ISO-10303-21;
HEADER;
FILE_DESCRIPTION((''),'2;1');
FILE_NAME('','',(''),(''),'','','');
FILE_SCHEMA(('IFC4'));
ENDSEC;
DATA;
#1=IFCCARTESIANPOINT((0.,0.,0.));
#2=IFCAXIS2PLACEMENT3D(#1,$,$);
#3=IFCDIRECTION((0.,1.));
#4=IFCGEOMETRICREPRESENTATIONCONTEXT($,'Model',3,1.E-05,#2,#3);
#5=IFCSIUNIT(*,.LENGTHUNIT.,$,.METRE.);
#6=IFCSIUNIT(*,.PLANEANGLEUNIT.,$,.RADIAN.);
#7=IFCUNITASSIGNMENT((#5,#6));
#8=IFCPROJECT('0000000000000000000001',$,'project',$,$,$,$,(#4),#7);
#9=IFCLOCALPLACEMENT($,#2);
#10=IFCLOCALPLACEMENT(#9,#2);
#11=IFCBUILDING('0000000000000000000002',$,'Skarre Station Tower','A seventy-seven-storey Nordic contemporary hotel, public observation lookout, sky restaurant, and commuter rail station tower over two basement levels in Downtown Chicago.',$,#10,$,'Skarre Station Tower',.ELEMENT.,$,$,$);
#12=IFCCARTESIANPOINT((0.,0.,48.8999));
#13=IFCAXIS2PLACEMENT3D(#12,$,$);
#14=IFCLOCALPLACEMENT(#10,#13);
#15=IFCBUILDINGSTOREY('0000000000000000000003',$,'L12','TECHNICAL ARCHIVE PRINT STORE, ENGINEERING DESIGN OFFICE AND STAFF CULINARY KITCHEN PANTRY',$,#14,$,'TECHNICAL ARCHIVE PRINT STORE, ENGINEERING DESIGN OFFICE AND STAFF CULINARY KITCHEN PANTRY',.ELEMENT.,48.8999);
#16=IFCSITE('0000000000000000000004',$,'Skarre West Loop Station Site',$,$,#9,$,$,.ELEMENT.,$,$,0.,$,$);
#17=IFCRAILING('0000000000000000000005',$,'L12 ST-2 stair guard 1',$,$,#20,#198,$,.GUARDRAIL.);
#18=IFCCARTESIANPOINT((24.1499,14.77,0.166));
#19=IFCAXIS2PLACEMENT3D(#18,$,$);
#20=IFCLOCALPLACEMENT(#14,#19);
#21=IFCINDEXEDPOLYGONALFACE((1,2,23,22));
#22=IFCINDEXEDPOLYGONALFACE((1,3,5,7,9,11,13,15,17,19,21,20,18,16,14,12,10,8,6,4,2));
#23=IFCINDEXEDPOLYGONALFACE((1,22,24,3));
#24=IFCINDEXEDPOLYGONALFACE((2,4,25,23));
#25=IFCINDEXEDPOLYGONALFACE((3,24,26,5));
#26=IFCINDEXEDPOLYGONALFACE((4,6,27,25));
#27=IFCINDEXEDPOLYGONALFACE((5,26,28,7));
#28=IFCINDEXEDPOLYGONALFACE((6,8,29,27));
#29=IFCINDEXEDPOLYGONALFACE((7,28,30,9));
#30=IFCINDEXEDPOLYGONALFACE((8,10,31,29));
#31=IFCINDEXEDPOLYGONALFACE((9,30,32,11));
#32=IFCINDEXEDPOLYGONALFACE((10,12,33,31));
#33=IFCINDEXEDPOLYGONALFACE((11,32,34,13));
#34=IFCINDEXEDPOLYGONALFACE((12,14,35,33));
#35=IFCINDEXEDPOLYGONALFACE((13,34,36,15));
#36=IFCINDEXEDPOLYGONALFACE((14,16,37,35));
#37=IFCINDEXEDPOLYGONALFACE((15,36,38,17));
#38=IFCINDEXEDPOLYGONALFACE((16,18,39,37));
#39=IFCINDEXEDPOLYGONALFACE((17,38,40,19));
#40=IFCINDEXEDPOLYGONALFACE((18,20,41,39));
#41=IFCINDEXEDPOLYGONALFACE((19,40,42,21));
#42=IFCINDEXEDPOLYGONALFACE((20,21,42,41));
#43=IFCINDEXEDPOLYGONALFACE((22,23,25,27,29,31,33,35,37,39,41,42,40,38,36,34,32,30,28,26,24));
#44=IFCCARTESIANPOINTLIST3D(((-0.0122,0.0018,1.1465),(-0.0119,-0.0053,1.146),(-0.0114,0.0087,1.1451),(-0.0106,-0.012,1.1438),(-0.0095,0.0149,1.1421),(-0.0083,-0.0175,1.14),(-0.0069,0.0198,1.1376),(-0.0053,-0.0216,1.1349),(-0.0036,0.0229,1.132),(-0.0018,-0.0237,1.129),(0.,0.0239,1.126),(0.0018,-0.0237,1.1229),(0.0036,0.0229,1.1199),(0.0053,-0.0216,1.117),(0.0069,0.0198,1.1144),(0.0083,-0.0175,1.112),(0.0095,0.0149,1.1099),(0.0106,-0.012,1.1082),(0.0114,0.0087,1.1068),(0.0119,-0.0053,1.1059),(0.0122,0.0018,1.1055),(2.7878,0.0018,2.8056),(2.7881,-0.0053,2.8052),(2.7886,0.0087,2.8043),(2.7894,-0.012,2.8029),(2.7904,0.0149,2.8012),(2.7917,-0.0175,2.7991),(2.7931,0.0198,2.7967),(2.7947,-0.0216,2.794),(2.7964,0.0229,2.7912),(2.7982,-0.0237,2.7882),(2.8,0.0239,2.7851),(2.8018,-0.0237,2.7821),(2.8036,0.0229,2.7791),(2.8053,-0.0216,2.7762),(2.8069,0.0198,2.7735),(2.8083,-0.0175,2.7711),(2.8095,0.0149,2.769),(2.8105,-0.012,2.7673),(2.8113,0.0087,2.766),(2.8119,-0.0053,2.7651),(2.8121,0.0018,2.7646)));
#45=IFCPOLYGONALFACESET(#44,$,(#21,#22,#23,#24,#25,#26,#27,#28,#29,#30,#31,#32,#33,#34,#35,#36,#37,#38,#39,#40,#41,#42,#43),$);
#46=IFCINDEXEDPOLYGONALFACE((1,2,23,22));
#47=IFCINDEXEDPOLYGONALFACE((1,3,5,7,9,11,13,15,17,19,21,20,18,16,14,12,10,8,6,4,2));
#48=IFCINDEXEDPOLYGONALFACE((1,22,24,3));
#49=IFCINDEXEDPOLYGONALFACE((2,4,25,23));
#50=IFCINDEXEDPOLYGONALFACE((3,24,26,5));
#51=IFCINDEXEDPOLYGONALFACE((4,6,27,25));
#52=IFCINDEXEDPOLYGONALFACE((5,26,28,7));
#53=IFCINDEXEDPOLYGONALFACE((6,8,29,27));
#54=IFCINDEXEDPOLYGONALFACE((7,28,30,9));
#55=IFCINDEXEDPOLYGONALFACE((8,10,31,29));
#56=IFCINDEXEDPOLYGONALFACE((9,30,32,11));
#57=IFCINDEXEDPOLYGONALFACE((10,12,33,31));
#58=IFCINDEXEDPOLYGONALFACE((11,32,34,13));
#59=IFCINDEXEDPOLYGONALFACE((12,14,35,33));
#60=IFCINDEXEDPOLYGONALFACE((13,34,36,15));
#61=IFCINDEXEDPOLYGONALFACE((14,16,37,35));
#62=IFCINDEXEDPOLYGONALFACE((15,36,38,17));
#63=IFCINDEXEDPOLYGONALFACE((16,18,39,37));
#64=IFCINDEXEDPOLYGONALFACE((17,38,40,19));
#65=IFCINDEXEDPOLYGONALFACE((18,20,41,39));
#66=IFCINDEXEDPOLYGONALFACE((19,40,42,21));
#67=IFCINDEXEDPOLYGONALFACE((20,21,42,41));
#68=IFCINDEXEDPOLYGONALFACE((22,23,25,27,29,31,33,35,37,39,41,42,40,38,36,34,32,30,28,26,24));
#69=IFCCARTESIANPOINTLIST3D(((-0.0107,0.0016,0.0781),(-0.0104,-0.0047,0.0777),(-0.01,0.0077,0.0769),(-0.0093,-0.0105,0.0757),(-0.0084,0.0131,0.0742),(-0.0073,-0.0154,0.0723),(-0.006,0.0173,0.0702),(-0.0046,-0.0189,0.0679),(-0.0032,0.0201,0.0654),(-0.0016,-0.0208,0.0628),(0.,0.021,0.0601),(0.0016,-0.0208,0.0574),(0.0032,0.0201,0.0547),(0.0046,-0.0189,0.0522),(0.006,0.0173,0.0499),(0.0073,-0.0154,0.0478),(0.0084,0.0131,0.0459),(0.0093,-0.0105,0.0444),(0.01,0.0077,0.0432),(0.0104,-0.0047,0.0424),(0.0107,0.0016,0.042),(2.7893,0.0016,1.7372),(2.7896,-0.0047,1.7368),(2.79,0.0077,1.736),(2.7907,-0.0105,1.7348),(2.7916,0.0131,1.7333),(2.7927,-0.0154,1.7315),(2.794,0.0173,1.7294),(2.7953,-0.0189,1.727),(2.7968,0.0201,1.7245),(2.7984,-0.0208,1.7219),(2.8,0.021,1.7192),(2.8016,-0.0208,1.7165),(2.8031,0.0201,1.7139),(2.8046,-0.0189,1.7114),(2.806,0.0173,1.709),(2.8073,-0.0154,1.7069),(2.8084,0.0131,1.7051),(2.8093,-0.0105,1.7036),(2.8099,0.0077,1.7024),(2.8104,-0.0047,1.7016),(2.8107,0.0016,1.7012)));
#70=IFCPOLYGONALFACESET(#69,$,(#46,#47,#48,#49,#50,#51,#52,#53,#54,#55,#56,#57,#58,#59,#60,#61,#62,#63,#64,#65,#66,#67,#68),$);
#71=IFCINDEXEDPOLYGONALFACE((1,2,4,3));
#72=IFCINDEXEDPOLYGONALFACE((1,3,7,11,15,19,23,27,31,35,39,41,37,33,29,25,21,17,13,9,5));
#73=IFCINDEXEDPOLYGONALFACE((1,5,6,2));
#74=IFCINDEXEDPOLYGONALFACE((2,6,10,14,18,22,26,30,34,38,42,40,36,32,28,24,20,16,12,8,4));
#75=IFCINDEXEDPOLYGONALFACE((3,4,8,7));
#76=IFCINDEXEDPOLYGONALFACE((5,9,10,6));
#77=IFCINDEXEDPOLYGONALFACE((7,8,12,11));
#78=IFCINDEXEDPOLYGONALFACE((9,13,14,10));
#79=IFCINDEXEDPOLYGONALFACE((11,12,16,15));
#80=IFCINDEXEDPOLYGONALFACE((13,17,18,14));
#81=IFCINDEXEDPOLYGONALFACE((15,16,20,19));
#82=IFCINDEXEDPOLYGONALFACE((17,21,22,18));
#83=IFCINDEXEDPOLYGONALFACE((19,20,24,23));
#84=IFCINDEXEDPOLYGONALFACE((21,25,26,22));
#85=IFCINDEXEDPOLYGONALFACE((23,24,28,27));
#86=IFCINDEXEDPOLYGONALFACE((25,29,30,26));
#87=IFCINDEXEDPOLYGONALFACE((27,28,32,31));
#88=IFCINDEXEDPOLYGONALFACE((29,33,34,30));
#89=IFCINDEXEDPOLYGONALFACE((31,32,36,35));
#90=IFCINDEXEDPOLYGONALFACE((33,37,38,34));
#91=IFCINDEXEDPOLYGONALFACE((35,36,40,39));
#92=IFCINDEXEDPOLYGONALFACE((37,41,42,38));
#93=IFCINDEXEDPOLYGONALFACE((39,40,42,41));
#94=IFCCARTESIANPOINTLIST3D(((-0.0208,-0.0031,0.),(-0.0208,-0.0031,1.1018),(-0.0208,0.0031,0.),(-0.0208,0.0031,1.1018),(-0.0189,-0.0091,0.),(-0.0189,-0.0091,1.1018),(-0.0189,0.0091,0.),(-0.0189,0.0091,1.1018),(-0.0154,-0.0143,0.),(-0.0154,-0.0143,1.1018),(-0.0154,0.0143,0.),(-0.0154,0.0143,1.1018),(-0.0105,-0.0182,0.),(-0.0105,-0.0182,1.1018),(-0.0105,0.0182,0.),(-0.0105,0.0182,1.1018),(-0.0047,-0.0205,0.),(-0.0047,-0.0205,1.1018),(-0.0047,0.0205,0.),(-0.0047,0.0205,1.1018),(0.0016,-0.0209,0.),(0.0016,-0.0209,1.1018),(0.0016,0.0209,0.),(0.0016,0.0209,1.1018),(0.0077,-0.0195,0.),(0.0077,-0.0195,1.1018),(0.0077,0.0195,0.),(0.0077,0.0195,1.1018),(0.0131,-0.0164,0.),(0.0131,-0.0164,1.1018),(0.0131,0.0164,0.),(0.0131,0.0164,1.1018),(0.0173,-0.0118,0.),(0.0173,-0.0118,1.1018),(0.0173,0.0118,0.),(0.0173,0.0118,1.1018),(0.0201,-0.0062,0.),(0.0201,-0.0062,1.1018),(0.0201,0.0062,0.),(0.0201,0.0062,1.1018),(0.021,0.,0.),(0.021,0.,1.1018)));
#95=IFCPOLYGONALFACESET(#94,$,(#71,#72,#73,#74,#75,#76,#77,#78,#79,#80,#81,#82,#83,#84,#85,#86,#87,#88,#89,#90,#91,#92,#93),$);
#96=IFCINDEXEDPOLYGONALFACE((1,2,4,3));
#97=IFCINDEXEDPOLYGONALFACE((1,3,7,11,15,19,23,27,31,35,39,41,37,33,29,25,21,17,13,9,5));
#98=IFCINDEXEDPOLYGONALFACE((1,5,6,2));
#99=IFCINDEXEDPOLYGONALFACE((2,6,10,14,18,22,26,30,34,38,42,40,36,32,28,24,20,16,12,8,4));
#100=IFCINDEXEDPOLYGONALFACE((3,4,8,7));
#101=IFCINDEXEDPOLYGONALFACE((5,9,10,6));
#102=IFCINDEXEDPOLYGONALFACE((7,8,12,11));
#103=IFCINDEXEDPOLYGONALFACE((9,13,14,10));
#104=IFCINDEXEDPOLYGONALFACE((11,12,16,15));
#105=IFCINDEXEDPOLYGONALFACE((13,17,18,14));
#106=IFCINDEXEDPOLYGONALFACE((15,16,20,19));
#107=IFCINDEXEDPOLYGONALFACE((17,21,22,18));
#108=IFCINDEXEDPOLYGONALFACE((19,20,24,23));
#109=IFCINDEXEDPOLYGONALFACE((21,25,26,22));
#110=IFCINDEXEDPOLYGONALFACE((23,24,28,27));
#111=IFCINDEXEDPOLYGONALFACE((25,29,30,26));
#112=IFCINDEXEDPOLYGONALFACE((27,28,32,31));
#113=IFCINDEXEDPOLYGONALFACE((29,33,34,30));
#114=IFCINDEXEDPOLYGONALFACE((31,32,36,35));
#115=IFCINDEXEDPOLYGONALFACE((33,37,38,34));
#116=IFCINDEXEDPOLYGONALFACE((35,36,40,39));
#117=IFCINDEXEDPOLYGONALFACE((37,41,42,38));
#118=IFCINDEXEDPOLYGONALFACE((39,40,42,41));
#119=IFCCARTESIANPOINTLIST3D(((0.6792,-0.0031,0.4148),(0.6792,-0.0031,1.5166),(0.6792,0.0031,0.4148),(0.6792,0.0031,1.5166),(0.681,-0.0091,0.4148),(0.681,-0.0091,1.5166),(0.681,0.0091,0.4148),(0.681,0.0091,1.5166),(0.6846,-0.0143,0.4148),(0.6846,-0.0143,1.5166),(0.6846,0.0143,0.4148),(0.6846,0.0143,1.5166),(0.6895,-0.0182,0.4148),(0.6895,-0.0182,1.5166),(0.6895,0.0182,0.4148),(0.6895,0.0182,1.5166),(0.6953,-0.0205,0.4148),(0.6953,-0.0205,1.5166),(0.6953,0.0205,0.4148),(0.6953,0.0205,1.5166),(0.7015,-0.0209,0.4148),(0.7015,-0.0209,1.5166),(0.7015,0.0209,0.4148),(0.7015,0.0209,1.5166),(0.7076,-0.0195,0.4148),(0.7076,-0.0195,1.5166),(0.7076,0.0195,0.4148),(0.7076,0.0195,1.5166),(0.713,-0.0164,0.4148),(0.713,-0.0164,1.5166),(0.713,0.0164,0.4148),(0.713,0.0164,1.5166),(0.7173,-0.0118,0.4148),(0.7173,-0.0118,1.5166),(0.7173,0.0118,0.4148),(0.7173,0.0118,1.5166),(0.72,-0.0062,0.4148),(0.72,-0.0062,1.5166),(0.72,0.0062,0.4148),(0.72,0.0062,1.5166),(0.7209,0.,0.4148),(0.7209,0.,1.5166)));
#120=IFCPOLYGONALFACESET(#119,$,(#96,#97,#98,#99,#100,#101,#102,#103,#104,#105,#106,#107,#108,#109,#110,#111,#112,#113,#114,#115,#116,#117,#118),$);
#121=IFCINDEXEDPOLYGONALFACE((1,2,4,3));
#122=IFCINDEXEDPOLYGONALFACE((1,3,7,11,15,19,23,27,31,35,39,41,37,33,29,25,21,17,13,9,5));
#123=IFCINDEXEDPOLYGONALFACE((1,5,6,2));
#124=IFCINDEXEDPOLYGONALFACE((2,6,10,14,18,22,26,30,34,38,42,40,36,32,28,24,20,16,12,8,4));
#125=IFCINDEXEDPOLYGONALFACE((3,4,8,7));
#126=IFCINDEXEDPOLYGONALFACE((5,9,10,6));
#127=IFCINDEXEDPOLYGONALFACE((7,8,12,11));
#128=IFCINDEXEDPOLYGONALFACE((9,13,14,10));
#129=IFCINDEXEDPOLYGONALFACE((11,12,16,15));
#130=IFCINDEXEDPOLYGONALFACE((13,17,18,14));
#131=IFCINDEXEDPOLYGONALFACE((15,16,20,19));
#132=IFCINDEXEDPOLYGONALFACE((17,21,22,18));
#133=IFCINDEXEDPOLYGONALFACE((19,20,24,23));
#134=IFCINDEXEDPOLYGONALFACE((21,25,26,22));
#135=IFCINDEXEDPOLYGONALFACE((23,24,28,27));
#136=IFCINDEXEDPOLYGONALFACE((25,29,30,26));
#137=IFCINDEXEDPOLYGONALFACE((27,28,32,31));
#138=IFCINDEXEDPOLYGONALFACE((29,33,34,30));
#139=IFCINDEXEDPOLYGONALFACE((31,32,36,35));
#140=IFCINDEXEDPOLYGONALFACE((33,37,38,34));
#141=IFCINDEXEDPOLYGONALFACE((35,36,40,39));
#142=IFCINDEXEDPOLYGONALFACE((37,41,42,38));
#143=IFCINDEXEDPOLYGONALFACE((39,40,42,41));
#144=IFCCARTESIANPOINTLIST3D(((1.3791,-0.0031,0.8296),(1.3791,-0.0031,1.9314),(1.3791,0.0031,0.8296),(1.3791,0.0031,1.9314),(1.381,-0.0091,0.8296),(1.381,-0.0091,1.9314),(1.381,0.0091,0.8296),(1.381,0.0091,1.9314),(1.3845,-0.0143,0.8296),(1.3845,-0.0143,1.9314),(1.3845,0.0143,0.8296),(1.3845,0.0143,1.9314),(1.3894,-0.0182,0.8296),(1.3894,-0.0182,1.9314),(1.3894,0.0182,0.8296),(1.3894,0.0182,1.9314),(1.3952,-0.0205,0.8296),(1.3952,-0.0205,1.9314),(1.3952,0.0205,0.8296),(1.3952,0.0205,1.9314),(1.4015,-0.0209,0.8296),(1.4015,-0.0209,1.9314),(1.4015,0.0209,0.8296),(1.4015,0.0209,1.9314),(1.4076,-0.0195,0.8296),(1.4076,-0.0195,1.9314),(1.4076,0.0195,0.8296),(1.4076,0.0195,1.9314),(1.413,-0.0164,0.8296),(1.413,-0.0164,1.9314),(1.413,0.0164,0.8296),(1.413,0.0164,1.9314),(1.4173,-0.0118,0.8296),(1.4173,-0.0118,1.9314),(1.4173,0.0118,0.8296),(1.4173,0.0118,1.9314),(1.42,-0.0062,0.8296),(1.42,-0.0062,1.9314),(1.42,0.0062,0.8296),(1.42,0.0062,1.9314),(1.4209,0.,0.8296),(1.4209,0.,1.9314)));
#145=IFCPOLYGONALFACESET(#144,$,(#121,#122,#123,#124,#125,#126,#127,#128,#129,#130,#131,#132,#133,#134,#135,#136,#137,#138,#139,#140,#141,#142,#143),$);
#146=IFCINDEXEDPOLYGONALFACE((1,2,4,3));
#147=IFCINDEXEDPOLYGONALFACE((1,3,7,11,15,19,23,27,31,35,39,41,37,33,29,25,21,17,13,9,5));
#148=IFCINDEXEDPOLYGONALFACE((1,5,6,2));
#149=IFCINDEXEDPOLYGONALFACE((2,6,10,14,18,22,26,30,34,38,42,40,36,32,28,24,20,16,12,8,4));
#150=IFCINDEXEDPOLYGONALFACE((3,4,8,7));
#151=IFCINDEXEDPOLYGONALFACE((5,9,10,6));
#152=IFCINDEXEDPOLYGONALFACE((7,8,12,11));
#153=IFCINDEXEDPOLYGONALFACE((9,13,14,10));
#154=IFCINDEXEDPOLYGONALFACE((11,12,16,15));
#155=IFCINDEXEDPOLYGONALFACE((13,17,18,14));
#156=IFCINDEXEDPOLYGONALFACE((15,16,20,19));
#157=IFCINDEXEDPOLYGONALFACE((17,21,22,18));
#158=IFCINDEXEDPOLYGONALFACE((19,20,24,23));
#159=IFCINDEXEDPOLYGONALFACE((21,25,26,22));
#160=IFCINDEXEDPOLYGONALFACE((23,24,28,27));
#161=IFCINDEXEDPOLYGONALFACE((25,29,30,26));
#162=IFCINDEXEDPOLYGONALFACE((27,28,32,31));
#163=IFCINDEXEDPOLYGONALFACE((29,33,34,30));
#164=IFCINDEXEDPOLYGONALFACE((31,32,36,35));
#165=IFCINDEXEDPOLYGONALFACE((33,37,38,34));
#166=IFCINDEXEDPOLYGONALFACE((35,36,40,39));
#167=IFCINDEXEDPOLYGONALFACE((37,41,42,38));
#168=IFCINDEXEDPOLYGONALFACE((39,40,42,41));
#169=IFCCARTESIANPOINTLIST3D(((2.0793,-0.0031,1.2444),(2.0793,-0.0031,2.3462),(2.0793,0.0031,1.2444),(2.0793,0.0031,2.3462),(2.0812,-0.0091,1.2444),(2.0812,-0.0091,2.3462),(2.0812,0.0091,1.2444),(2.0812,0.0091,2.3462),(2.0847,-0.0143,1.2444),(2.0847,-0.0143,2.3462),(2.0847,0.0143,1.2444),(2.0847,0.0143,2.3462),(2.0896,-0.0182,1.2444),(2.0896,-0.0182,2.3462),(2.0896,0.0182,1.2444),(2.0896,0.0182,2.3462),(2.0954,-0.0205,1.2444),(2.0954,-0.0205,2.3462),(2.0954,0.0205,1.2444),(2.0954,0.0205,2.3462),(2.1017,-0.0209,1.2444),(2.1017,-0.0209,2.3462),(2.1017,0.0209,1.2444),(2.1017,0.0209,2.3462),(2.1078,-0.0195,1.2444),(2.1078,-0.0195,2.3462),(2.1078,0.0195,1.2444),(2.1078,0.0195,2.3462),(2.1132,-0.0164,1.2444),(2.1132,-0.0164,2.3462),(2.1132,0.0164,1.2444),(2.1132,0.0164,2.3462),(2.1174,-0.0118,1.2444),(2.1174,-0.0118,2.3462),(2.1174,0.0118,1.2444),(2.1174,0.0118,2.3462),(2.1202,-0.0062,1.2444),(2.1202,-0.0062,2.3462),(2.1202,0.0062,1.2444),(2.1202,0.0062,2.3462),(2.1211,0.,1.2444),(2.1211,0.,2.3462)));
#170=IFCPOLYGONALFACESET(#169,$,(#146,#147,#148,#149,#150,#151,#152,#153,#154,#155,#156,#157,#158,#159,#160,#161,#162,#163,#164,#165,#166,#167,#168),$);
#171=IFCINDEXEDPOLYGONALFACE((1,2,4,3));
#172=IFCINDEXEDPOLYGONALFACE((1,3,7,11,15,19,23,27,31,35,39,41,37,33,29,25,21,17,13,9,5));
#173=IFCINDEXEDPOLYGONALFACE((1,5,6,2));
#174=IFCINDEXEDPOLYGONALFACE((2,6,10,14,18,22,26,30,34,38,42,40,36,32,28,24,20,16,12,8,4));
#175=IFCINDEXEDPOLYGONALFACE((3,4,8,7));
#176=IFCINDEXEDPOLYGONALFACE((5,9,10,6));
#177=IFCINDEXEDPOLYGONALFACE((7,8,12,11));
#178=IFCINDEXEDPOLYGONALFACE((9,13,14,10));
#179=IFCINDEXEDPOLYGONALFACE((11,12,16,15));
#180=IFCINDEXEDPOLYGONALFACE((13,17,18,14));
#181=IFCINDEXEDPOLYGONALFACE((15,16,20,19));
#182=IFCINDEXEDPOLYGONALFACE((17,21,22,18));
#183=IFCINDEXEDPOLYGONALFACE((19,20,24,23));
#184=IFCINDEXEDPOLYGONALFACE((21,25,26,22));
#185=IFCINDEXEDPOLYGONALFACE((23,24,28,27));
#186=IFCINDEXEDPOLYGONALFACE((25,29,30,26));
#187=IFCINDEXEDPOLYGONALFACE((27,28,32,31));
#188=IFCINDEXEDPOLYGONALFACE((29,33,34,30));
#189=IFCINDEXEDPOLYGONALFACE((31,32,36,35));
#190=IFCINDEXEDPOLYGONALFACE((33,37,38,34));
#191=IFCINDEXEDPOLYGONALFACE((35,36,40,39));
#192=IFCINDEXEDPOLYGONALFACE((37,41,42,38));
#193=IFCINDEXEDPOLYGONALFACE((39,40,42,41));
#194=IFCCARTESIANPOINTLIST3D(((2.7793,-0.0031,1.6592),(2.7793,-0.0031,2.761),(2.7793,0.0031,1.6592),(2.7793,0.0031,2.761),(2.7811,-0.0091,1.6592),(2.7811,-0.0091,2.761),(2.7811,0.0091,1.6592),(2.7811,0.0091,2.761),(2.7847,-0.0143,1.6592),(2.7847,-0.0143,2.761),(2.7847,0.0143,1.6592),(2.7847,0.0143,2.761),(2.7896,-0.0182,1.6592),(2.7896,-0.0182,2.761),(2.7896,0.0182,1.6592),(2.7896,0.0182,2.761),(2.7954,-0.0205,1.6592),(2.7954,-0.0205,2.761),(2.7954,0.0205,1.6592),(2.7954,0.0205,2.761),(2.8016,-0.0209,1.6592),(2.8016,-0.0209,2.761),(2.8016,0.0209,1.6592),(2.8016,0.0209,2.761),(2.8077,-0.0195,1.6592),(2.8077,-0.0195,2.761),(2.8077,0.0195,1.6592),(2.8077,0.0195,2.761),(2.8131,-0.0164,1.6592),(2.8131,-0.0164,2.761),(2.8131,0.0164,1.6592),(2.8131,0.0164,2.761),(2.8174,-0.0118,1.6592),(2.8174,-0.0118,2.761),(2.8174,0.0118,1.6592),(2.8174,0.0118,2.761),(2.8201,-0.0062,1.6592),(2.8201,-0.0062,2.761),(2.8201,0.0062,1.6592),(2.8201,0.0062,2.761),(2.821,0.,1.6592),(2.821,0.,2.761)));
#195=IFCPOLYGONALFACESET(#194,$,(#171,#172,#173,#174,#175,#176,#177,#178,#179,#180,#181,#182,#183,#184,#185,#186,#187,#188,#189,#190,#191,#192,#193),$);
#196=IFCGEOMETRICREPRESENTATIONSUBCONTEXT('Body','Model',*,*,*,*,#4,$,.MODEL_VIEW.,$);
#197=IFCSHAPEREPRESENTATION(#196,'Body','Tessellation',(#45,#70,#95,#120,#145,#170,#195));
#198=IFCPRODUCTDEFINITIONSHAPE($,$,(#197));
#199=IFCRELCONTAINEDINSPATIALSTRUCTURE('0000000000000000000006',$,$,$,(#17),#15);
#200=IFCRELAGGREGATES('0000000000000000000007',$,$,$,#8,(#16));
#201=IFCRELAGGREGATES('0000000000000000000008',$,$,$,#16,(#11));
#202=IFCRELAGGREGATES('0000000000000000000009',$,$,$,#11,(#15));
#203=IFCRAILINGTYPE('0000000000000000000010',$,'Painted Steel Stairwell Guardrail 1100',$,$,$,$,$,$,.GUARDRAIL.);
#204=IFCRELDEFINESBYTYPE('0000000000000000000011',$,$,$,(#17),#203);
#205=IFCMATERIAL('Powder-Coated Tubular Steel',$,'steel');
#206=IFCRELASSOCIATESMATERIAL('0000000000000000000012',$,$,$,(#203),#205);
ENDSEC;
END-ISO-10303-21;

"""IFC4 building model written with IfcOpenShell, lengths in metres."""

from ifc_helpers import new_model, si_unit, direction, frame, origin, origin_2d, place, context, subcontext, project, spatial, circle, extrude, material, type_object, element, save


model = new_model("IFC4")

# Units and contexts
model_context = context("Model", 3, precision=1e-05, world=origin(), true_north=direction((0.0, 1.0)))
body_context = subcontext(model_context, "Body", "Model", "MODEL_VIEW")
ifc_project = project(units=[si_unit("LENGTHUNIT", "METRE"), si_unit("PLANEANGLEUNIT", "RADIAN")], contexts=[model_context])

# Site, building, storey
site_placement = place(None, origin())
site = spatial("IfcSite", under=ifc_project, at=site_placement, Name="Skarre West Loop Station Site", CompositionType="ELEMENT", RefElevation=0.0)
building_placement = place(site_placement, origin())
building = spatial("IfcBuilding", under=site, at=building_placement, Name="Skarre Station Tower", Description="A seventy-seven-storey Nordic contemporary hotel, public observation lookout, sky restaurant, and commuter rail station tower over two basement levels in Downtown Chicago.", LongName="Skarre Station Tower", CompositionType="ELEMENT")
storey_placement = place(building_placement, frame((0.0, 0.0, 48.8999)))
storey = spatial("IfcBuildingStorey", under=building, at=storey_placement, Name="L12", Description="TECHNICAL ARCHIVE PRINT STORE, ENGINEERING DESIGN OFFICE AND STAFF CULINARY KITCHEN PANTRY", LongName="TECHNICAL ARCHIVE PRINT STORE, ENGINEERING DESIGN OFFICE AND STAFF CULINARY KITCHEN PANTRY", CompositionType="ELEMENT", Elevation=48.8999)

# Railing
ifc_material_1 = material(Name="Powder-Coated Tubular Steel", Category="steel")
railing_type_1 = type_object("IfcRailingType", Name="Painted Steel Stairwell Guardrail 1100", PredefinedType="GUARDRAIL", material=ifc_material_1)
railing_1_placement = place(storey_placement, frame((24.1499, 14.77, 0.166)))
element("IfcRailing", 1, at=railing_1_placement, inside=storey, type_object=railing_type_1, Name="L12 ST-2 stair guard 1", PredefinedType="GUARDRAIL", context=body_context, shape_type="SweptSolid", body=[
    extrude(circle(Radius=0.0239, at=origin_2d()), frame((0.0, 0.0, 1.126), z_axis=(0.860306, 0.0, 0.509778), x_axis=(0.0, 1.0, 0.0)), (0.0, 0.0, 1.0), 3.2546),
    extrude(circle(Radius=0.021, at=origin_2d()), frame((0.0, 0.0, 0.0601), z_axis=(0.860306, 0.0, 0.509778), x_axis=(0.0, 1.0, 0.0)), (0.0, 0.0, 1.0), 3.2546),
    extrude(circle(Radius=0.021, at=origin_2d()), origin(), (0.0, 0.0, 1.0), 1.1018),
    extrude(circle(Radius=0.021, at=origin_2d()), frame((0.7, 0.0, 0.4148)), (0.0, 0.0, 1.0), 1.1018),
    extrude(circle(Radius=0.021, at=origin_2d()), frame((1.3999, 0.0, 0.8296)), (0.0, 0.0, 1.0), 1.1018),
    extrude(circle(Radius=0.021, at=origin_2d()), frame((2.1001, 0.0, 1.2444)), (0.0, 0.0, 1.0), 1.1018),
    extrude(circle(Radius=0.021, at=origin_2d()), frame((2.8, 0.0, 1.6592)), (0.0, 0.0, 1.0), 1.1018),
])

save(model, "model.ifc")
